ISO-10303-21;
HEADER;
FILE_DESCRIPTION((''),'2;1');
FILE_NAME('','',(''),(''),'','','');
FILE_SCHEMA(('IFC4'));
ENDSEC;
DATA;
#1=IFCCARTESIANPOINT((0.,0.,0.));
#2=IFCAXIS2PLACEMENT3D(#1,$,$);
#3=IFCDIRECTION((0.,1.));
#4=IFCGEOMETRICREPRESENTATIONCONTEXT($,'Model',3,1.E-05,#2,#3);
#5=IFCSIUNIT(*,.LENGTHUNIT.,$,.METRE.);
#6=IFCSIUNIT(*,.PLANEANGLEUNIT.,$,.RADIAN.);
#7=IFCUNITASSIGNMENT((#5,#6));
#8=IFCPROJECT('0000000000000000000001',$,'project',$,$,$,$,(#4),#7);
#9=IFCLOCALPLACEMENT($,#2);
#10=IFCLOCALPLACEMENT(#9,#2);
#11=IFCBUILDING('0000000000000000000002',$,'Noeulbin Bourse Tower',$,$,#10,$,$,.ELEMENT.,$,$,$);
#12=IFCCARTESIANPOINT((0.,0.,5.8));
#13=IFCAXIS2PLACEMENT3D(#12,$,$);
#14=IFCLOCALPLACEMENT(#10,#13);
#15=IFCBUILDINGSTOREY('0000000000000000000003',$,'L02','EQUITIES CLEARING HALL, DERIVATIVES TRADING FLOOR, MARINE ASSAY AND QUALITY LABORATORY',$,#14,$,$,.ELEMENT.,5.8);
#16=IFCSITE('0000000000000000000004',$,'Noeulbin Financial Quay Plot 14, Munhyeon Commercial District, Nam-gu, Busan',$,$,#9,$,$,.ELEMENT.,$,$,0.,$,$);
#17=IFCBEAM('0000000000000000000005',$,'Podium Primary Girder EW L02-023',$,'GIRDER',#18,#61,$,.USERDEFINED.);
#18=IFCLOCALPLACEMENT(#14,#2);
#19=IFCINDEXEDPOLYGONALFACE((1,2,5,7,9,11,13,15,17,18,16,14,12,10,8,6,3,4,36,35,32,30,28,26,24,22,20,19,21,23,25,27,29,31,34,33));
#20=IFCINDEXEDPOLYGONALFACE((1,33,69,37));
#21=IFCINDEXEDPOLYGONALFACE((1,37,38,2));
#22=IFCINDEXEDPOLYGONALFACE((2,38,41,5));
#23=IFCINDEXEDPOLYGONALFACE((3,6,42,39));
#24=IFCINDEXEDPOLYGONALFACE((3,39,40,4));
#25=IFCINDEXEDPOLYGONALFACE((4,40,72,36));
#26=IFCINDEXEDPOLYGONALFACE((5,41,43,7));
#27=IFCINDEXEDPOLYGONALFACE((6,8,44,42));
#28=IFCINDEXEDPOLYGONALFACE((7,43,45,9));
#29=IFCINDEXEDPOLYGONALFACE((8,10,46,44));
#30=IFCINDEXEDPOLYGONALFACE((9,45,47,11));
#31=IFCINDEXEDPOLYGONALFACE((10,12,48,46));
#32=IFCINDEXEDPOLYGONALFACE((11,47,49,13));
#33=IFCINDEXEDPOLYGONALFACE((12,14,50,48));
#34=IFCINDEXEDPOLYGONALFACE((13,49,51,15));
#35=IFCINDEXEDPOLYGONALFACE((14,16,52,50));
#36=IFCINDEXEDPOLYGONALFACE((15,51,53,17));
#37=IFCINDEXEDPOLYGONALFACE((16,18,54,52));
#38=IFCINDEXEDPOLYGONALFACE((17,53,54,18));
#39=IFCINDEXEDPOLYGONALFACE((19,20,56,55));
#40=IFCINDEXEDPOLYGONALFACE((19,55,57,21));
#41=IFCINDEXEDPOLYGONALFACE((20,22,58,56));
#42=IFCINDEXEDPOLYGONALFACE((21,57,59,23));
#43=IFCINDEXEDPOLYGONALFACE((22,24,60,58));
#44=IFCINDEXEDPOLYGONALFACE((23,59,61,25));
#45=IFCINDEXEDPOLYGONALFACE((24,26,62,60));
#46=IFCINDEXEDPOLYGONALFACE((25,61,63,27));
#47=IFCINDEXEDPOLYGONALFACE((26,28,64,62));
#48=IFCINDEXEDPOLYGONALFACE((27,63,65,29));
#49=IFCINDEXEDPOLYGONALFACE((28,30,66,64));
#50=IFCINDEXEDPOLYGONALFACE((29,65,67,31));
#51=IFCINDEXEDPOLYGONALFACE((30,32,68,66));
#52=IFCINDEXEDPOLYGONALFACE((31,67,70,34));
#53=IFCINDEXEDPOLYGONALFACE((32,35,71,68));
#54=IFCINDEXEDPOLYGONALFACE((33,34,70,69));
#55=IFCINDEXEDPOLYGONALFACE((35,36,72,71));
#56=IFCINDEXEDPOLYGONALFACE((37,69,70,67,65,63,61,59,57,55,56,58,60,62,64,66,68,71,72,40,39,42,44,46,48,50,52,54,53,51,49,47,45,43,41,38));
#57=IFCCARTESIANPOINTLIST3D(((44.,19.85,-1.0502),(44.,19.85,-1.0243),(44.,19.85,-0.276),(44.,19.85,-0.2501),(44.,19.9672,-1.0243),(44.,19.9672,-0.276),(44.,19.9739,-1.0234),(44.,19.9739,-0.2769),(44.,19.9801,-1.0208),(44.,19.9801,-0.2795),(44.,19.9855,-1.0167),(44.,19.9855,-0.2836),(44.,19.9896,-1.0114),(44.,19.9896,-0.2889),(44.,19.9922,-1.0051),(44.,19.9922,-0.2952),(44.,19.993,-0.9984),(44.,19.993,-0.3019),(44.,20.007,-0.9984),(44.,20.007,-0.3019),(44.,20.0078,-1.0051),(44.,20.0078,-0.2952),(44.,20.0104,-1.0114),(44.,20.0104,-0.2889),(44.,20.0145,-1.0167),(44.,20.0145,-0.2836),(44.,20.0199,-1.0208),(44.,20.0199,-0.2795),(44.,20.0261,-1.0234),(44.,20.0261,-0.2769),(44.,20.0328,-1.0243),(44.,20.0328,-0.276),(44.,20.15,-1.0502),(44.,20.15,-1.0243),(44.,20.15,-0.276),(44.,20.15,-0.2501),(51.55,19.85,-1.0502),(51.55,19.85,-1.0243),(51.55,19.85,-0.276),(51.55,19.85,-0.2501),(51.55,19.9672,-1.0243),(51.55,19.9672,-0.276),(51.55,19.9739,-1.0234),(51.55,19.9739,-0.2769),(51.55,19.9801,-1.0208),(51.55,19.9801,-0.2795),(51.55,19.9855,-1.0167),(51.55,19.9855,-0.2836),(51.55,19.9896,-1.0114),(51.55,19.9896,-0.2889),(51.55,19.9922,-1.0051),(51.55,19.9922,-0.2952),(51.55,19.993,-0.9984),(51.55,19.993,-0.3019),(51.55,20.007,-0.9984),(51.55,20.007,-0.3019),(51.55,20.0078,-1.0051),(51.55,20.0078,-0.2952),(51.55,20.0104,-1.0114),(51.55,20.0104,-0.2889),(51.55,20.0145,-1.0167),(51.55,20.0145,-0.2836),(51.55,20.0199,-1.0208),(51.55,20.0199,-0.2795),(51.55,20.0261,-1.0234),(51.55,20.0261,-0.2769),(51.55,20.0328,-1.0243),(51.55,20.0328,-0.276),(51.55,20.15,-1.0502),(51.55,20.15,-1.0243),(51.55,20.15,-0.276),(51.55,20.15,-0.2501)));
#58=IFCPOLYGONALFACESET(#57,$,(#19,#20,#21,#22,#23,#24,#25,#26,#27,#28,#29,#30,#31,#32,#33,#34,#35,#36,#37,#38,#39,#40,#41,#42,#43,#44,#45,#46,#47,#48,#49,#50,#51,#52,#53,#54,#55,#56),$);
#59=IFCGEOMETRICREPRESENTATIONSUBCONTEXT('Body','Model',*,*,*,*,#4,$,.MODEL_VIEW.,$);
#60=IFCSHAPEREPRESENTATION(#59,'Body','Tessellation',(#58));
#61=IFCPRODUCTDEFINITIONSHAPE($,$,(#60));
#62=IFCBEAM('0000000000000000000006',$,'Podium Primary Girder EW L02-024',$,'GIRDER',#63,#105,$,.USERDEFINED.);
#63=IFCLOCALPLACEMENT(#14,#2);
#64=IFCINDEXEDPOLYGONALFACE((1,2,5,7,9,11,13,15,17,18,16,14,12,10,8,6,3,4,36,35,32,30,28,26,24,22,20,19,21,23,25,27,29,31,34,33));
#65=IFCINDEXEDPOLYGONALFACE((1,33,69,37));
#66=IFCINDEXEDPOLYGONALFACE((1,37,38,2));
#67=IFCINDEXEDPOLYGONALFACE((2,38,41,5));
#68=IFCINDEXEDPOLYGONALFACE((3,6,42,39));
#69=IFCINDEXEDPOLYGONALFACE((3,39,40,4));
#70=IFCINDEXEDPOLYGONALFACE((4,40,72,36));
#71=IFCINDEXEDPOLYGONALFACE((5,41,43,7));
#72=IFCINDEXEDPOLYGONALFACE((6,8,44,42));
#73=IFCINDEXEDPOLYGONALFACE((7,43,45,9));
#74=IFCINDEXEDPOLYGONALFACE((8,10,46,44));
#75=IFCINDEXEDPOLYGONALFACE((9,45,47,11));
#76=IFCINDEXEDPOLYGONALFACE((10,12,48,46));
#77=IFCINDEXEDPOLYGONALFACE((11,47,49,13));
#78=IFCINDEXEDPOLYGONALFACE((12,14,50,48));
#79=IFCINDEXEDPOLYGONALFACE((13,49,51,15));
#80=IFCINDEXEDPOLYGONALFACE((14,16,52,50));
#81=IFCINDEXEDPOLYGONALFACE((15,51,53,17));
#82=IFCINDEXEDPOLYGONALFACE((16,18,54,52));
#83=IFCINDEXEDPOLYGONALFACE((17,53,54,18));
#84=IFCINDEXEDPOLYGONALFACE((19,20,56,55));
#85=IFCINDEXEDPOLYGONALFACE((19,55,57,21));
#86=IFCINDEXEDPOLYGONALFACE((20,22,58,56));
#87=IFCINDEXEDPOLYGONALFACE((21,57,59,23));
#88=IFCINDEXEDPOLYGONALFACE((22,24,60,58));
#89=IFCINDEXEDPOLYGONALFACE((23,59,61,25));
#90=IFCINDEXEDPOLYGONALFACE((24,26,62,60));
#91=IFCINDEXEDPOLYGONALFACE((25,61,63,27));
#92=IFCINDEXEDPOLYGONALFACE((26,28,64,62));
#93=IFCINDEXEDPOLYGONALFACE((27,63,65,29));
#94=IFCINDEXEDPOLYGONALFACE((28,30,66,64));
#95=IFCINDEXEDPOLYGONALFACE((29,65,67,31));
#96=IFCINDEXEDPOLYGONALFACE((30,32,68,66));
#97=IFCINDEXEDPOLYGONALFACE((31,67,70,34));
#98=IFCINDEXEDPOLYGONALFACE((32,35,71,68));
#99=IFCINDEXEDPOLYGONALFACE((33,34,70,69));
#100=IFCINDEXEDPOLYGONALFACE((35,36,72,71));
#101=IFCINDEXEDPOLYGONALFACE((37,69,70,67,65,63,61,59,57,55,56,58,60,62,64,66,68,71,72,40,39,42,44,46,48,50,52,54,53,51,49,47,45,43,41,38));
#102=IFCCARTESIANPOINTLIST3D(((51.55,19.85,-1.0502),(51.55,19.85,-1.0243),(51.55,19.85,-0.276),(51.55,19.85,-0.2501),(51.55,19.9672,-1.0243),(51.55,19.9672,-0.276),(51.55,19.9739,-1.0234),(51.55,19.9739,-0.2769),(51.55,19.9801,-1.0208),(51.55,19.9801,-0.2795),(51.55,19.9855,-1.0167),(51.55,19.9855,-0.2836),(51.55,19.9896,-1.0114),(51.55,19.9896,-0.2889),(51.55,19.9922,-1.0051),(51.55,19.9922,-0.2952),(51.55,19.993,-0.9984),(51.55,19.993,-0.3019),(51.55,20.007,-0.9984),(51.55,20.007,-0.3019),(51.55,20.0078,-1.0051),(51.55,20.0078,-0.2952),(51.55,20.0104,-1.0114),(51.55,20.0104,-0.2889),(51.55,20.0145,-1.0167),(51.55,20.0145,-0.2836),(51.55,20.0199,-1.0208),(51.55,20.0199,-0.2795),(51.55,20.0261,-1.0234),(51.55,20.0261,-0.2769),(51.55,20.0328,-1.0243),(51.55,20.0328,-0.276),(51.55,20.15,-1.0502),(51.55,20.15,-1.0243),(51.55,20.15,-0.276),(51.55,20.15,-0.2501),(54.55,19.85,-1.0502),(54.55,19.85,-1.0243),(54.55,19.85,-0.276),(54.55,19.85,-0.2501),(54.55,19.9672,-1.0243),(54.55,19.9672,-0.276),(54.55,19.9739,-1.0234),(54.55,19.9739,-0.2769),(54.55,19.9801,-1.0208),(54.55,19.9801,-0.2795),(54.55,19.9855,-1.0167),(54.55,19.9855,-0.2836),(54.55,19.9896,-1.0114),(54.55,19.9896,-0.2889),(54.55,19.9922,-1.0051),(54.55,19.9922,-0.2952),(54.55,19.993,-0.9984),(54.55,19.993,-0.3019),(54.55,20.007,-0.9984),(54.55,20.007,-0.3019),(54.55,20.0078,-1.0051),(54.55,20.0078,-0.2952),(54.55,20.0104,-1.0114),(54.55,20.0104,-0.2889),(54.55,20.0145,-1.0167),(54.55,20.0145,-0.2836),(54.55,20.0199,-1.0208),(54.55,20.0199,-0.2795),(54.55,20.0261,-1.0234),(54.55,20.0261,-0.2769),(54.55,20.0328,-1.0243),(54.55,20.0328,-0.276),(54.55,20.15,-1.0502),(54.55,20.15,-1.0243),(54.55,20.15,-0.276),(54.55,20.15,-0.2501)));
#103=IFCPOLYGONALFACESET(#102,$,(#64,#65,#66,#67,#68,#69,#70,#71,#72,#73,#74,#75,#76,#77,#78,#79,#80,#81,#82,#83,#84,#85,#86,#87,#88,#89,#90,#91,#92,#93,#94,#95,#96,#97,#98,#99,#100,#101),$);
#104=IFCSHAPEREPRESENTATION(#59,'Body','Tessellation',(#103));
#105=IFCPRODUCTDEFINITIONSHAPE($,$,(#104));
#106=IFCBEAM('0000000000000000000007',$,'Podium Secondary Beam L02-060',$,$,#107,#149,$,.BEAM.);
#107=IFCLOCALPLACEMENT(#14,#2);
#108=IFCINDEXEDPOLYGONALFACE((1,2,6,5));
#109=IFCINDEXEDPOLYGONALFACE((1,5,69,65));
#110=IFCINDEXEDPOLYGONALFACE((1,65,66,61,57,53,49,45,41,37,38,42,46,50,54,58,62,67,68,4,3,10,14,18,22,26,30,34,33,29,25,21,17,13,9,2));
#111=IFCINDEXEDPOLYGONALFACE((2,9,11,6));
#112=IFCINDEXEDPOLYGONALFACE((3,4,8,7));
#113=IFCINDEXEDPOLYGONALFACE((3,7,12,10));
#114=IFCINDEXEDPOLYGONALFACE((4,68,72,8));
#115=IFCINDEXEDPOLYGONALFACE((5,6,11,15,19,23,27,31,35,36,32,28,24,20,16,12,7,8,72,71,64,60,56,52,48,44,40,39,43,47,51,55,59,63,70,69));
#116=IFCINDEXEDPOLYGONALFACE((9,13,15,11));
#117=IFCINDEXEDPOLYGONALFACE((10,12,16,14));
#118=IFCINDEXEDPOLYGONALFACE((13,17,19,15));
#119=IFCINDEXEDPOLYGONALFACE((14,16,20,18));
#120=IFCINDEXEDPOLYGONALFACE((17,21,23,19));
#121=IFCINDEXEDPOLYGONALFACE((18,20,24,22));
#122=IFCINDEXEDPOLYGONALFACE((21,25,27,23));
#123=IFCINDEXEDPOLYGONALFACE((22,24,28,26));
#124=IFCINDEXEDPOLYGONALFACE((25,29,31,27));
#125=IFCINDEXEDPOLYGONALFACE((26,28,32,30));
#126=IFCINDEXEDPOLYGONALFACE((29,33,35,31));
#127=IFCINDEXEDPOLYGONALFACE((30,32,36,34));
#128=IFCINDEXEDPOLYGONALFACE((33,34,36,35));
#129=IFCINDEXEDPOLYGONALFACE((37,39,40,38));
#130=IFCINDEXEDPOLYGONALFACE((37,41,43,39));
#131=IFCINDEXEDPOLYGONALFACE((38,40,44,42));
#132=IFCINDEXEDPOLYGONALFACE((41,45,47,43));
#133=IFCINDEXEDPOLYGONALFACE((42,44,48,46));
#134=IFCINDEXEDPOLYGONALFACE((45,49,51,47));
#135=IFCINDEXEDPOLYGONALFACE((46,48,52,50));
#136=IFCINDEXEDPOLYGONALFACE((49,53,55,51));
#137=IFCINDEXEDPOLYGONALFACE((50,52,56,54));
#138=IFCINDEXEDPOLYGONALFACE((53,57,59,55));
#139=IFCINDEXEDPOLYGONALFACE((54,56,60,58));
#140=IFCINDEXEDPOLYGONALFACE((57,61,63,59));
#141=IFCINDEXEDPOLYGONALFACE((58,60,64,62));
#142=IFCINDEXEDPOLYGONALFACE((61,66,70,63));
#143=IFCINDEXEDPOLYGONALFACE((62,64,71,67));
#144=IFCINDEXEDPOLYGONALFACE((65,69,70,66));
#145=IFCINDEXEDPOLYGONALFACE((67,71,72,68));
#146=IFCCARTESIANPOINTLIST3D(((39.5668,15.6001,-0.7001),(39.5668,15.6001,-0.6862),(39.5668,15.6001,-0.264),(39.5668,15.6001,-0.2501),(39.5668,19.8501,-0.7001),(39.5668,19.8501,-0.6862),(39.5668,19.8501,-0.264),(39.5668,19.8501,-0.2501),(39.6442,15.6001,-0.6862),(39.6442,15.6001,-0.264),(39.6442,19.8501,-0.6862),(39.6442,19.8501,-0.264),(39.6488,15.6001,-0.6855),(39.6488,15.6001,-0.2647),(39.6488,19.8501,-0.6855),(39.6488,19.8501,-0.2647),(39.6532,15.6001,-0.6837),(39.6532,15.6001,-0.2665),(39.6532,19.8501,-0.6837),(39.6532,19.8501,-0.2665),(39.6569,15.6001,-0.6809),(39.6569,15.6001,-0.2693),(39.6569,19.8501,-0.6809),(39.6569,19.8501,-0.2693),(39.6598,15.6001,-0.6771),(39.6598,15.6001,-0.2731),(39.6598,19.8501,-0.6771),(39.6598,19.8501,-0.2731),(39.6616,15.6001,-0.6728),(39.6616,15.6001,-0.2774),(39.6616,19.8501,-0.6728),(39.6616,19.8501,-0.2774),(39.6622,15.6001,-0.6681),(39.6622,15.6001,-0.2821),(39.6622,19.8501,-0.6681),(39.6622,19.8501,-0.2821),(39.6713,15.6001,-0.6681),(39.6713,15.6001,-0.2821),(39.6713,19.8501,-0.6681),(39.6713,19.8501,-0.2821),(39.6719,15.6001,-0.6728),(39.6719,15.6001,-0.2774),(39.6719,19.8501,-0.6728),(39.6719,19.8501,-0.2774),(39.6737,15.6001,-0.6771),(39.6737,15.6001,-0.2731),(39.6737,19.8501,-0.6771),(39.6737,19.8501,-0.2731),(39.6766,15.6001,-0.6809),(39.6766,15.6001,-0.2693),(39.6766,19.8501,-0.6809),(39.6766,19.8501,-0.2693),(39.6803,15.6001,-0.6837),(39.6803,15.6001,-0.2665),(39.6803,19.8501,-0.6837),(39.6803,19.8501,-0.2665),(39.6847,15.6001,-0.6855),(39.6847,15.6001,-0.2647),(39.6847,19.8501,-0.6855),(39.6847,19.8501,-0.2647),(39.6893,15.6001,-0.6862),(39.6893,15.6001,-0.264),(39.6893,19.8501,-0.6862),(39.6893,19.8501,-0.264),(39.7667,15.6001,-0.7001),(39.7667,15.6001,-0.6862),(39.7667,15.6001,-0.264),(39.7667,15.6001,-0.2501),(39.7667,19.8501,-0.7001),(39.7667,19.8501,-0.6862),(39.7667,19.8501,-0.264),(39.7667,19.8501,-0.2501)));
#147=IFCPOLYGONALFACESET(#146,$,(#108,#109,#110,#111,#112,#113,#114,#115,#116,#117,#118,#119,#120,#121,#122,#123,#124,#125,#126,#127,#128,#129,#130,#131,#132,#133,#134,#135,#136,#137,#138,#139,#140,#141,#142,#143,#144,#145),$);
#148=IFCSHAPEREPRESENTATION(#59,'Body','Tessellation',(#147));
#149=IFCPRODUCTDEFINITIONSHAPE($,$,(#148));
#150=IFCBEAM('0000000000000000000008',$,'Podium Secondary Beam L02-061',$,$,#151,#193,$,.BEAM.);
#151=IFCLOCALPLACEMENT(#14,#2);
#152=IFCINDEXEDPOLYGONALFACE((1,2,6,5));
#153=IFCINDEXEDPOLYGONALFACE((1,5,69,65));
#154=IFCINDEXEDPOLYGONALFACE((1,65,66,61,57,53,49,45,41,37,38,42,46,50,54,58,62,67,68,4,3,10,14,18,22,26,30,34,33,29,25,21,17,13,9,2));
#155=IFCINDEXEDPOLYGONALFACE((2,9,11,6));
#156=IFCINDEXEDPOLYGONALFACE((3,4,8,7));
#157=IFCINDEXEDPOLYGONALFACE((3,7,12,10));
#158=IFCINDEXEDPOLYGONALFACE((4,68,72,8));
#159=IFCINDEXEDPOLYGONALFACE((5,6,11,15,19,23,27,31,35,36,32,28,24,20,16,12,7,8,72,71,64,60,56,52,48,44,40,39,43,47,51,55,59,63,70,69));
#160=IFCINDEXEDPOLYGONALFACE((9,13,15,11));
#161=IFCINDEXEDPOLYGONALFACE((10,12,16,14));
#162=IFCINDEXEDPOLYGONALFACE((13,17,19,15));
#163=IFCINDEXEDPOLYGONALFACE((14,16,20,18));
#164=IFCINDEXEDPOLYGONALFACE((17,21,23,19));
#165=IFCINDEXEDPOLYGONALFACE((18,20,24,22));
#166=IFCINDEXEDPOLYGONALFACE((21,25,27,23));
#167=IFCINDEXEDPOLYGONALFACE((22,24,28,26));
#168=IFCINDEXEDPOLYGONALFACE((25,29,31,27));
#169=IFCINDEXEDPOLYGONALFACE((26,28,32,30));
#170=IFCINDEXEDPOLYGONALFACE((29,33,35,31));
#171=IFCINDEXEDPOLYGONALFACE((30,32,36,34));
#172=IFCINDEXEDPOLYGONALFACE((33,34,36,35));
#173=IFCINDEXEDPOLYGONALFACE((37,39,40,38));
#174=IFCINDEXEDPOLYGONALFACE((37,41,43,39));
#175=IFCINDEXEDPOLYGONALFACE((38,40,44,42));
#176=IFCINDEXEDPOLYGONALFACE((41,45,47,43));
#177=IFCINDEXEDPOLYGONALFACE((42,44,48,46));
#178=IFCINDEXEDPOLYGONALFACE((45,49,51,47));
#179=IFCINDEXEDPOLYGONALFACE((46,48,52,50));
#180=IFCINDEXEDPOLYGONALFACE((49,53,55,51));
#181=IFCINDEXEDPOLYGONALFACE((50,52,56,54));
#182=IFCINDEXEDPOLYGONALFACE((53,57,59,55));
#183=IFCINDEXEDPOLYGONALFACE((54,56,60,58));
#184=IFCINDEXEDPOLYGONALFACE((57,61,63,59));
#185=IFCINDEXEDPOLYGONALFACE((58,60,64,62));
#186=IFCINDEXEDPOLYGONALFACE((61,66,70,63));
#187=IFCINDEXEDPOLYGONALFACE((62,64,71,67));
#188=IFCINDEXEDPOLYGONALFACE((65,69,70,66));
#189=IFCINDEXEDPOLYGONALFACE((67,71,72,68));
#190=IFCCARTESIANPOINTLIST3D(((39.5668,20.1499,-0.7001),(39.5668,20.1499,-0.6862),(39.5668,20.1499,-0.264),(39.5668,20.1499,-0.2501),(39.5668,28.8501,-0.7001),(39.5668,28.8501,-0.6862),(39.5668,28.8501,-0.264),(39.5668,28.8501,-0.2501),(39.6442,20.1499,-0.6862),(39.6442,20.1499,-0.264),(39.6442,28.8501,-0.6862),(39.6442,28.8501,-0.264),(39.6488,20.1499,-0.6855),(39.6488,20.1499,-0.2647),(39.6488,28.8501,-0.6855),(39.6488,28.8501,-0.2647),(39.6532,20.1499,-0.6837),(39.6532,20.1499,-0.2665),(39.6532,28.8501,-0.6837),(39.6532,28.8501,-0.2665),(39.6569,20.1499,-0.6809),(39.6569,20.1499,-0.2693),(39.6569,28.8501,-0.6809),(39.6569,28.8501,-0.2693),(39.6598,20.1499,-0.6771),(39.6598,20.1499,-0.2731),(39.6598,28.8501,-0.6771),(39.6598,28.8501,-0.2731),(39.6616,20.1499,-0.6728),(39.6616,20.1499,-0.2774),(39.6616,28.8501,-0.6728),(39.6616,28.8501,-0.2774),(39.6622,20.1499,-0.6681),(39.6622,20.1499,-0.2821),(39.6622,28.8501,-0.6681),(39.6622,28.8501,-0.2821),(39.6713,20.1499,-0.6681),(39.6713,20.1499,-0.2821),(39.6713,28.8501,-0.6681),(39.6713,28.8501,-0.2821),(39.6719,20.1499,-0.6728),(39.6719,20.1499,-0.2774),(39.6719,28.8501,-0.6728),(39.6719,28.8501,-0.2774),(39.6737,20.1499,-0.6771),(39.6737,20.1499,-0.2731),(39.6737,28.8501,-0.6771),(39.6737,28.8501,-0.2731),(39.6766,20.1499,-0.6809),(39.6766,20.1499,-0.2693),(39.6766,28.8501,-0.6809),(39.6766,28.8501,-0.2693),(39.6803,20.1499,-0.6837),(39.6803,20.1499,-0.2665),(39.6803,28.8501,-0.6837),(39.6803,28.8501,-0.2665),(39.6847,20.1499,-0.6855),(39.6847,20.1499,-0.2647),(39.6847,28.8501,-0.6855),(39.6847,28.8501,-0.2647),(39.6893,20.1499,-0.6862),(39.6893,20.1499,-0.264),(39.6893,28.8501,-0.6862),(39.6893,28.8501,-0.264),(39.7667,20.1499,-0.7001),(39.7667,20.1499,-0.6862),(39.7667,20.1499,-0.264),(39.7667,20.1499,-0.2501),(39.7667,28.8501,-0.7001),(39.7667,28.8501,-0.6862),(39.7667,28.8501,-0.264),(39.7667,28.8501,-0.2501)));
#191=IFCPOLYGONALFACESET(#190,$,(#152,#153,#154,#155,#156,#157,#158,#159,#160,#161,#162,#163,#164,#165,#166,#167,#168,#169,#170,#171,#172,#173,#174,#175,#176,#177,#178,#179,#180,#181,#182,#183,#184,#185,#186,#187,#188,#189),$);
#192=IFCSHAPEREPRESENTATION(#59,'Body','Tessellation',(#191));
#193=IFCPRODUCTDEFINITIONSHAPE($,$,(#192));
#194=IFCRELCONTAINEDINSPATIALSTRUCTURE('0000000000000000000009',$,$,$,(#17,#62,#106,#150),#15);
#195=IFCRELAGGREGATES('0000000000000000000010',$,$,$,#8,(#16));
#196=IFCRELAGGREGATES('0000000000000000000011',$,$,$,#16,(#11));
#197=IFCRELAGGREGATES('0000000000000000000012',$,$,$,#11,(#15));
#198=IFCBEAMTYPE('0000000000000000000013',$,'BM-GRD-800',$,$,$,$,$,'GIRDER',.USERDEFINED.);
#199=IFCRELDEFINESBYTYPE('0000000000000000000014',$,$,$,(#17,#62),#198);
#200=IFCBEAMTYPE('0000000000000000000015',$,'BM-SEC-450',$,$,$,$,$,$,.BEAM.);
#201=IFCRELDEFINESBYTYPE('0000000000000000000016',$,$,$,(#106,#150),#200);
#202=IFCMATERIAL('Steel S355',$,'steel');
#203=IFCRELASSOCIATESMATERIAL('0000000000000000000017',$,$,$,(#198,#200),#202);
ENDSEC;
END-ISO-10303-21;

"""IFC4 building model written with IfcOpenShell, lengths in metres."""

from ifc_helpers import new_model, si_unit, direction, frame, origin, origin_2d, place, context, subcontext, project, spatial, i_section, extrude, material, material_profile, profile_set, type_object, element, save


model = new_model("IFC4")

# Units and contexts
model_context = context("Model", 3, precision=1e-05, world=origin(), true_north=direction((0.0, 1.0)))
body_context = subcontext(model_context, "Body", "Model", "MODEL_VIEW")
ifc_project = project(units=[si_unit("LENGTHUNIT", "METRE"), si_unit("PLANEANGLEUNIT", "RADIAN")], contexts=[model_context])

# Site, building, storey
site_placement = place(None, origin())
site = spatial("IfcSite", under=ifc_project, at=site_placement, Name="Noeulbin Financial Quay Plot 14, Munhyeon Commercial District, Nam-gu, Busan", CompositionType="ELEMENT", RefElevation=0.0)
building_placement = place(site_placement, origin())
building = spatial("IfcBuilding", under=site, at=building_placement, Name="Noeulbin Bourse Tower", CompositionType="ELEMENT")
storey_placement = place(building_placement, frame((0.0, 0.0, 5.8)))
storey = spatial("IfcBuildingStorey", under=building, at=storey_placement, Name="L02", Description="EQUITIES CLEARING HALL, DERIVATIVES TRADING FLOOR, MARINE ASSAY AND QUALITY LABORATORY", CompositionType="ELEMENT", Elevation=5.8)

# Beams
ifc_material_1 = material(Name="Steel S355", Category="steel")
ifc_material_profile_1 = material_profile(ifc_material_1, i_section(OverallWidth=0.3, OverallDepth=0.8, WebThickness=0.0139, FlangeThickness=0.0259, FilletRadius=0.0259, at=origin_2d()), Name="H-800x300x14x26", Category="LoadBearing")
ifc_profile_set_1 = profile_set([ifc_material_profile_1], Name="Steel S355")
beam_type_1 = type_object("IfcBeamType", Name="BM-GRD-800", ElementType="GIRDER", PredefinedType="USERDEFINED", material=ifc_profile_set_1)
beam_1_placement = place(storey_placement, frame((44.0, 20.0, -0.6501), z_axis=(1.0, 0.0, 0.0), x_axis=(0.0, 1.0, 0.0)))
element("IfcBeam", 1, at=beam_1_placement, inside=storey, type_object=beam_type_1, Name="Podium Primary Girder EW L02-023", ObjectType="GIRDER", PredefinedType="USERDEFINED", context=body_context, shape_type="SweptSolid", body=[
    extrude(i_section(OverallWidth=0.3, OverallDepth=0.8, WebThickness=0.0139, FlangeThickness=0.0259, FilletRadius=0.0259, at=origin_2d()), origin(), (0.0, 0.0, 1.0), 7.55),
])
beam_2_placement = place(storey_placement, frame((51.55, 20.0, -0.6501), z_axis=(1.0, 0.0, 0.0), x_axis=(0.0, 1.0, 0.0)))
element("IfcBeam", 2, at=beam_2_placement, inside=storey, type_object=beam_type_1, Name="Podium Primary Girder EW L02-024", ObjectType="GIRDER", PredefinedType="USERDEFINED", context=body_context, shape_type="SweptSolid", body=[
    extrude(i_section(OverallWidth=0.3, OverallDepth=0.8, WebThickness=0.0139, FlangeThickness=0.0259, FilletRadius=0.0259, at=origin_2d()), origin(), (0.0, 0.0, 1.0), 3.0),
])
ifc_material_profile_2 = material_profile(ifc_material_1, i_section(OverallWidth=0.2, OverallDepth=0.45, WebThickness=0.009, FlangeThickness=0.0139, FilletRadius=0.0181, at=origin_2d()), Name="H-450x200x9x14", Category="LoadBearing")
ifc_profile_set_2 = profile_set([ifc_material_profile_2], Name="Steel S355")
beam_type_2 = type_object("IfcBeamType", Name="BM-SEC-450", PredefinedType="BEAM", material=ifc_profile_set_2)
beam_3_placement = place(storey_placement, frame((39.6667, 15.6001, -0.4751), z_axis=(0.0, 1.0, 0.0), x_axis=(-1.0, 0.0, 0.0)))
element("IfcBeam", 3, at=beam_3_placement, inside=storey, type_object=beam_type_2, Name="Podium Secondary Beam L02-060", PredefinedType="BEAM", context=body_context, shape_type="SweptSolid", body=[
    extrude(i_section(OverallWidth=0.2, OverallDepth=0.45, WebThickness=0.009, FlangeThickness=0.0139, FilletRadius=0.0181, at=origin_2d()), origin(), (0.0, 0.0, 1.0), 4.25),
])
beam_4_placement = place(storey_placement, frame((39.6667, 20.1499, -0.4751), z_axis=(0.0, 1.0, 0.0), x_axis=(-1.0, 0.0, 0.0)))
element("IfcBeam", 4, at=beam_4_placement, inside=storey, type_object=beam_type_2, Name="Podium Secondary Beam L02-061", PredefinedType="BEAM", context=body_context, shape_type="SweptSolid", body=[
    extrude(i_section(OverallWidth=0.2, OverallDepth=0.45, WebThickness=0.009, FlangeThickness=0.0139, FilletRadius=0.0181, at=origin_2d()), origin(), (0.0, 0.0, 1.0), 8.7002),
])

save(model, "model.ifc")
